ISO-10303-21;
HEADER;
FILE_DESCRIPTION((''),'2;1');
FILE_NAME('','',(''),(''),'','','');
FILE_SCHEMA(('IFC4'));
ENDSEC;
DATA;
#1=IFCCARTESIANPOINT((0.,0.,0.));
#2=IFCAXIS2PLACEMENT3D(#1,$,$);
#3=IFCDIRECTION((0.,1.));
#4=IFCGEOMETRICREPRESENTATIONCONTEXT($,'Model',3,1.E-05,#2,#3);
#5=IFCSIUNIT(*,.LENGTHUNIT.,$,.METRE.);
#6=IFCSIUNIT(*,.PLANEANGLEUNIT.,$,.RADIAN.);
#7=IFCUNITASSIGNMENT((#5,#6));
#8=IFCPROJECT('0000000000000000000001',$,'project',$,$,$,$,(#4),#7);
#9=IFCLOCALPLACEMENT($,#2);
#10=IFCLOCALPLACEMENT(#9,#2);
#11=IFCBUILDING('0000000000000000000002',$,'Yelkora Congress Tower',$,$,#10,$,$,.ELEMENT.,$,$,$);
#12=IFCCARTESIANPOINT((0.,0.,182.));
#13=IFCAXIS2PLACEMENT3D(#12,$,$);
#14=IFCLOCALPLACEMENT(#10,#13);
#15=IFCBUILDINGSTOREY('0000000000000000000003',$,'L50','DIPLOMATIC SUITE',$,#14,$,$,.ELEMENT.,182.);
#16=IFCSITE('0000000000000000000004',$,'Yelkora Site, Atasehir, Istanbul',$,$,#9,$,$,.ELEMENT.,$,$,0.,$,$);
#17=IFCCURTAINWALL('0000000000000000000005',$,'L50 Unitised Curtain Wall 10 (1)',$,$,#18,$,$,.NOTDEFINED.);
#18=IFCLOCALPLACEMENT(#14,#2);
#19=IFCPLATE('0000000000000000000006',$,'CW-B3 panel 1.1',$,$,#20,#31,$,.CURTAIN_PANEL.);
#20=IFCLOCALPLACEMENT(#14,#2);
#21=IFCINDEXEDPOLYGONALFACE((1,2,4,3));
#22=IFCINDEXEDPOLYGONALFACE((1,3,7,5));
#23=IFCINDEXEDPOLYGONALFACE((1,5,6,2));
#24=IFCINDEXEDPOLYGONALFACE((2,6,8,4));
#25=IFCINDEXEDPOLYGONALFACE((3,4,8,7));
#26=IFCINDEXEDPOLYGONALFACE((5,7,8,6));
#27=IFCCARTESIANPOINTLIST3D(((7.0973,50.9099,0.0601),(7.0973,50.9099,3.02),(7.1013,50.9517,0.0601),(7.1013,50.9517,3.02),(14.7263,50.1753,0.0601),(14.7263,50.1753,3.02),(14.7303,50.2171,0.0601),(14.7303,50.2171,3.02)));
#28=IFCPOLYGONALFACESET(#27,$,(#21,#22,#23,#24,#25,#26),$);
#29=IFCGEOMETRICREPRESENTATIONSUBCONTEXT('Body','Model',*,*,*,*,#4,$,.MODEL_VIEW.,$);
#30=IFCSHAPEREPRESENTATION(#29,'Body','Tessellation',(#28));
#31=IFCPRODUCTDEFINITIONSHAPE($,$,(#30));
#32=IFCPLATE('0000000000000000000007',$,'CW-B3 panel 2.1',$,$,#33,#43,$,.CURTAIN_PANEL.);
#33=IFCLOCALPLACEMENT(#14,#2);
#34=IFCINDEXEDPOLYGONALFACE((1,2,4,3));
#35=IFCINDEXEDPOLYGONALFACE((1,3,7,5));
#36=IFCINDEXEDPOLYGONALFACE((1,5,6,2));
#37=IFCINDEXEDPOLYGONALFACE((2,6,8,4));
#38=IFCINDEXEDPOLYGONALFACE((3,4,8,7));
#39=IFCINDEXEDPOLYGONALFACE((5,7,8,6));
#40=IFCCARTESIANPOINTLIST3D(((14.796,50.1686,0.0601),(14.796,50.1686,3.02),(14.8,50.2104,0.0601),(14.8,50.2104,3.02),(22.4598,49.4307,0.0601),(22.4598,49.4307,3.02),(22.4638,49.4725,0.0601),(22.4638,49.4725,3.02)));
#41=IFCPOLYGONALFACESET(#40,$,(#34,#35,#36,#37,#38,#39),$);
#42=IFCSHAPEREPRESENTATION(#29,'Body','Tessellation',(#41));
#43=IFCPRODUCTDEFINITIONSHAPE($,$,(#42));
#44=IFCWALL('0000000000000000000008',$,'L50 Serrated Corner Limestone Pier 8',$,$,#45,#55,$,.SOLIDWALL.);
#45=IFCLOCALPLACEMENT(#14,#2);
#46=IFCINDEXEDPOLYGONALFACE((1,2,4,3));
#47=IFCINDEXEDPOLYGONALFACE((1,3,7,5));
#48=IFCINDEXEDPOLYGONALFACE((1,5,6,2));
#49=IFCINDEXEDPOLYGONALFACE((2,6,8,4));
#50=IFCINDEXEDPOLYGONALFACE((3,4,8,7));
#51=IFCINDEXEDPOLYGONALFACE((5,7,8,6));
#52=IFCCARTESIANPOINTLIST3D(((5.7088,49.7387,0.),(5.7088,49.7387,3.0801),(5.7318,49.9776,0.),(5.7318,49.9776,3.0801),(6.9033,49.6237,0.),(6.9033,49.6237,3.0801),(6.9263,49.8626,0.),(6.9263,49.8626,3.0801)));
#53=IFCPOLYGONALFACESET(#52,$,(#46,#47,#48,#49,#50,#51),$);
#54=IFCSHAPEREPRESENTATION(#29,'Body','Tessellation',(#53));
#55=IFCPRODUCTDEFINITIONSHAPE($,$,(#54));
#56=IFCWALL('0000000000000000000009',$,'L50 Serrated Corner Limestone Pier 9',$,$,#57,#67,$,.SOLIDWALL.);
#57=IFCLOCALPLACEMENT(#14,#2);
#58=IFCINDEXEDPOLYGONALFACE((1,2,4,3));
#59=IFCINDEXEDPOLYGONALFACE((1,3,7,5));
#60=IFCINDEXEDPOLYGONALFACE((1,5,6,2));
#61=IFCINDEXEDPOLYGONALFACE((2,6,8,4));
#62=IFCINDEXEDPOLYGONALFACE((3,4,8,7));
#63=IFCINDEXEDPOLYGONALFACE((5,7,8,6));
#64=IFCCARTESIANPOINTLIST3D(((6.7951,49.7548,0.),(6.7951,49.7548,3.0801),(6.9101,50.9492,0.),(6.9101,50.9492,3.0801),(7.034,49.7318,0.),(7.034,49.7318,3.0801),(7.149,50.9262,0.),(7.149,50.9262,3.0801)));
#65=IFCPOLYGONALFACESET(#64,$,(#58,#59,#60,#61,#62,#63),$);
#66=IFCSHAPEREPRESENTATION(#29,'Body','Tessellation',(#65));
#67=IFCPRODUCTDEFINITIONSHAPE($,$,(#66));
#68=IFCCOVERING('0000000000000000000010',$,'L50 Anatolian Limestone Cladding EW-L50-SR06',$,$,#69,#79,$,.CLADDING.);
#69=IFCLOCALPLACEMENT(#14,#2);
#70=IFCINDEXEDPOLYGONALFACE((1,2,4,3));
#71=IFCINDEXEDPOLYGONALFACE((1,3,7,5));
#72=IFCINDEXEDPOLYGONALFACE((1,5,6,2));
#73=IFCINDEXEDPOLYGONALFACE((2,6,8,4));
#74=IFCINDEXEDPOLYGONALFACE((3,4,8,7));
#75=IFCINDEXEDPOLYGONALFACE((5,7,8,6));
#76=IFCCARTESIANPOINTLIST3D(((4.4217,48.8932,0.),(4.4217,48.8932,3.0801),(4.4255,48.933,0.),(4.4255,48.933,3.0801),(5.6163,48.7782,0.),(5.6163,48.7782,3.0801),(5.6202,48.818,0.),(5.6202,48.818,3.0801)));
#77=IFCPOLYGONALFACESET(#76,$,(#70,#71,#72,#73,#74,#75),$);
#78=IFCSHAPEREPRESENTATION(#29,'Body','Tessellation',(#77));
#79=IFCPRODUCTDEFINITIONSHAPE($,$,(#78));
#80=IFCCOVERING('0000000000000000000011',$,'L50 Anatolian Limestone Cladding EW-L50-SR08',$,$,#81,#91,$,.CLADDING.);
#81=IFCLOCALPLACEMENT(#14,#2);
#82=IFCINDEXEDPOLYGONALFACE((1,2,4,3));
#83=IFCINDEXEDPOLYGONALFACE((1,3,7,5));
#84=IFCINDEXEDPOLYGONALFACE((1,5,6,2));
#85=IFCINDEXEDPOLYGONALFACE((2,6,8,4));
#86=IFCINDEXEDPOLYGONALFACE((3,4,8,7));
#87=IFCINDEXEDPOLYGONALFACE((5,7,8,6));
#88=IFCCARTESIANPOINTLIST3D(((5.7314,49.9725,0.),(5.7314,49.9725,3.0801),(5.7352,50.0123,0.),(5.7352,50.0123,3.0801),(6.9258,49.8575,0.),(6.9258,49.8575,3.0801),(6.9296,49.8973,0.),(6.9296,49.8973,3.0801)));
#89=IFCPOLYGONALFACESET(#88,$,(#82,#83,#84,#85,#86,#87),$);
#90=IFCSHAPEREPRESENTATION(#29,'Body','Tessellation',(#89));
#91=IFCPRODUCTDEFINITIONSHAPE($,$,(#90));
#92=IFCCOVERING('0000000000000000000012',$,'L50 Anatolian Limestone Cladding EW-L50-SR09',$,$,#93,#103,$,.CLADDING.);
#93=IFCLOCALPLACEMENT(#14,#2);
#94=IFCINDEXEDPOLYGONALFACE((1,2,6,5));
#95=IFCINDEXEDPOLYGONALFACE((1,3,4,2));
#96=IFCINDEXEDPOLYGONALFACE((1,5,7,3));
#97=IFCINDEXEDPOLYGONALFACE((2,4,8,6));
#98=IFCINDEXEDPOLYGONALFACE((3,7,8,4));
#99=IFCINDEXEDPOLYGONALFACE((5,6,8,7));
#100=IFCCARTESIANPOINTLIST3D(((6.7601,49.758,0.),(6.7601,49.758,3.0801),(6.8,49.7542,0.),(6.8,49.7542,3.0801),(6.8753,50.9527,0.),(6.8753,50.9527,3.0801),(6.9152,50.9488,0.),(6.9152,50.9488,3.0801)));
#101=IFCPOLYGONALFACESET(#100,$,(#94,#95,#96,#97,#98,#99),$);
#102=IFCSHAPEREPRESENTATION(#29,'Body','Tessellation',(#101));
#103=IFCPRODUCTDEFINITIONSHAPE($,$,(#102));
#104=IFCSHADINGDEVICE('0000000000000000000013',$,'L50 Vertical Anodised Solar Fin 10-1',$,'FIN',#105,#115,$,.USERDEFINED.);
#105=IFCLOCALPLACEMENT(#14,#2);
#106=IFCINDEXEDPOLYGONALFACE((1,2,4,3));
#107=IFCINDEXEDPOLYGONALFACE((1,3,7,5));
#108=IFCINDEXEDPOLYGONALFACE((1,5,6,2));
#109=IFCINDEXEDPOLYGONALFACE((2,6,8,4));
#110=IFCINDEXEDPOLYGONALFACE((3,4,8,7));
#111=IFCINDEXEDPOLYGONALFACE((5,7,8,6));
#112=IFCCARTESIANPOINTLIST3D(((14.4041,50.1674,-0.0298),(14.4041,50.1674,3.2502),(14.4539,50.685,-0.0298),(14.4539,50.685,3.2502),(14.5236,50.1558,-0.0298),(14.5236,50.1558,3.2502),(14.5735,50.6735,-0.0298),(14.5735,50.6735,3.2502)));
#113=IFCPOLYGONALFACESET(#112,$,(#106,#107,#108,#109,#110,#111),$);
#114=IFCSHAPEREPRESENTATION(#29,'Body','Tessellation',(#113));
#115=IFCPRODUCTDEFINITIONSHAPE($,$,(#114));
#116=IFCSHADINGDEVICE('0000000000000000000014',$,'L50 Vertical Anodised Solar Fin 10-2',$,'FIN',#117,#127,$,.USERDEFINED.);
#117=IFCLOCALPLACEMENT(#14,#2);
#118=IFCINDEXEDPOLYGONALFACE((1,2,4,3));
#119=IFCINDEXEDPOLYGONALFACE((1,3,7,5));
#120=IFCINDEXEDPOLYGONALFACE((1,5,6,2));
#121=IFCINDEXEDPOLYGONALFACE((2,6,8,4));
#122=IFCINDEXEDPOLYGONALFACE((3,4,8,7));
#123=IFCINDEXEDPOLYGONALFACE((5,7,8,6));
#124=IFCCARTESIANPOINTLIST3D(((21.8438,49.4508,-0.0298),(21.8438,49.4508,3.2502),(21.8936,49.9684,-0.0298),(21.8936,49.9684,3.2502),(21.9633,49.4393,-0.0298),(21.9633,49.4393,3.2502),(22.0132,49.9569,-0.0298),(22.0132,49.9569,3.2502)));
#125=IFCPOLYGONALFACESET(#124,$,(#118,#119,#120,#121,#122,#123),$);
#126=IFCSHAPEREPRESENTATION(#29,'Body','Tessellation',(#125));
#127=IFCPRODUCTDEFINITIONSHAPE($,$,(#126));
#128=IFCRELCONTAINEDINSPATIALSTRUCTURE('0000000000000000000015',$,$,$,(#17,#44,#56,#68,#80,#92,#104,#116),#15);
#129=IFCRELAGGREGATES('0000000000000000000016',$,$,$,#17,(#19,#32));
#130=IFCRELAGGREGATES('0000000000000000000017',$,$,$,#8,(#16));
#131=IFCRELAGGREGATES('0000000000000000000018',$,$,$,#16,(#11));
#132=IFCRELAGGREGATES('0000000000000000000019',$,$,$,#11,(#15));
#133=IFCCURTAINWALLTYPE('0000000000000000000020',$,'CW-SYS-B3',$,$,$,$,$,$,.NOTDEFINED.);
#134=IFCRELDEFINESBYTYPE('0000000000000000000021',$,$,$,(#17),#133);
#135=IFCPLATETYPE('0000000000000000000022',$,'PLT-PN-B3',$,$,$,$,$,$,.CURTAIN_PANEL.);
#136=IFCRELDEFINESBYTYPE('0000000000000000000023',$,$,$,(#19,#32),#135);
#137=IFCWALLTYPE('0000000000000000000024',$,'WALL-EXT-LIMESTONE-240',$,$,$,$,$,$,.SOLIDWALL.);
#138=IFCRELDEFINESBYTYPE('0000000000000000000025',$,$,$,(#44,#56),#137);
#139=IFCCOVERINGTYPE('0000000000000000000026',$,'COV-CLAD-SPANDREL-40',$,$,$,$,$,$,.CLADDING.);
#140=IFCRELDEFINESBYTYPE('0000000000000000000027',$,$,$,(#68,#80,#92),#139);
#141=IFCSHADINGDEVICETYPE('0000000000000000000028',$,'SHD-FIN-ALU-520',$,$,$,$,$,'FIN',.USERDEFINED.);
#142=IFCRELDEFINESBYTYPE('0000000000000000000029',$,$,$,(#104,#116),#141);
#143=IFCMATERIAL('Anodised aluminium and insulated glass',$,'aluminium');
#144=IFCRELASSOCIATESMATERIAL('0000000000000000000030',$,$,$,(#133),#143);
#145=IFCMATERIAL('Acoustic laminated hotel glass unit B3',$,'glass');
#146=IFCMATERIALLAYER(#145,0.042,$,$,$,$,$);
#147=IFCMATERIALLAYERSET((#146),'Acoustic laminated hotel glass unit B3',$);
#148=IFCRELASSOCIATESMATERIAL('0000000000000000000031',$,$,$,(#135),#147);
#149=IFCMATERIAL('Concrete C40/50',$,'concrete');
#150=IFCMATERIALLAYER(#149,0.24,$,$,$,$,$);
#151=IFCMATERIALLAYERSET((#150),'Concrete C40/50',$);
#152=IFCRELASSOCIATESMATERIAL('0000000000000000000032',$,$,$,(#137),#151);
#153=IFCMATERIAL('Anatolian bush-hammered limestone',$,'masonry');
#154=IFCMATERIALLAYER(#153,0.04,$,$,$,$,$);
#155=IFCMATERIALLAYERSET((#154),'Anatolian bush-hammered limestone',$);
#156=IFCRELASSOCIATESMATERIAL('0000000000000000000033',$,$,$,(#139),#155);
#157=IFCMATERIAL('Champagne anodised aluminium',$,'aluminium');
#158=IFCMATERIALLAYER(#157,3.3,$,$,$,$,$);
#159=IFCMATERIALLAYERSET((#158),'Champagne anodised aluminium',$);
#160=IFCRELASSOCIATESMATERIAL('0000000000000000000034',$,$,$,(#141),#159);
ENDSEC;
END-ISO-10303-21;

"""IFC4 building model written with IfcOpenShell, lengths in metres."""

from ifc_helpers import new_model, si_unit, direction, frame, frame_2d, origin, origin_2d, place, context, subcontext, project, spatial, rectangle, extrude, material, layer, layer_set, type_object, element, aggregate, save


model = new_model("IFC4")

# Units and contexts
model_context = context("Model", 3, precision=1e-05, world=origin(), true_north=direction((0.0, 1.0)))
body_context = subcontext(model_context, "Body", "Model", "MODEL_VIEW")
ifc_project = project(units=[si_unit("LENGTHUNIT", "METRE"), si_unit("PLANEANGLEUNIT", "RADIAN")], contexts=[model_context])

# Site, building, storey
site_placement = place(None, origin())
site = spatial("IfcSite", under=ifc_project, at=site_placement, Name="Yelkora Site, Atasehir, Istanbul", CompositionType="ELEMENT", RefElevation=0.0)
building_placement = place(site_placement, origin())
building = spatial("IfcBuilding", under=site, at=building_placement, Name="Yelkora Congress Tower", CompositionType="ELEMENT")
storey_placement = place(building_placement, frame((0.0, 0.0, 182.0)))
storey = spatial("IfcBuildingStorey", under=building, at=storey_placement, Name="L50", Description="DIPLOMATIC SUITE", CompositionType="ELEMENT", Elevation=182.0)

# Curtain wall, plates
ifc_material_1 = material(Name="Anodised aluminium and insulated glass", Category="aluminium")
curtain_wall_type = type_object("IfcCurtainWallType", Name="CW-SYS-B3", PredefinedType="NOTDEFINED", material=ifc_material_1)
curtain_wall_placement = place(storey_placement, origin())
curtain_wall = element("IfcCurtainWall", 1, at=curtain_wall_placement, inside=storey, type_object=curtain_wall_type, Name="L50 Unitised Curtain Wall 10 (1)", PredefinedType="NOTDEFINED")
ifc_material_2 = material(Name="Acoustic laminated hotel glass unit B3", Category="glass")
ifc_layer_1 = layer(ifc_material_2, 0.042)
ifc_layer_set_1 = layer_set([ifc_layer_1], Name="Acoustic laminated hotel glass unit B3")
plate_type = type_object("IfcPlateType", Name="PLT-PN-B3", PredefinedType="CURTAIN_PANEL", material=ifc_layer_set_1)
plate_1_placement = place(storey_placement, frame((10.9138, 50.5635, 0.0601), z_axis=(0.0, 0.0, 1.0), x_axis=(0.995396, -0.095845, 0.0)))
plate_1 = element("IfcPlate", 2, at=plate_1_placement, type_object=plate_type, Name="CW-B3 panel 1.1", PredefinedType="CURTAIN_PANEL", context=body_context, shape_type="SweptSolid", body=[
    extrude(rectangle(XDim=7.6643, YDim=0.042, at=origin_2d()), origin(), (0.0, 0.0, 1.0), 2.96),
])
plate_2_placement = place(storey_placement, frame((18.6299, 49.8206, 0.0601), z_axis=(0.0, 0.0, 1.0), x_axis=(0.995396, -0.095845, 0.0)))
plate_2 = element("IfcPlate", 3, at=plate_2_placement, type_object=plate_type, Name="CW-B3 panel 2.1", PredefinedType="CURTAIN_PANEL", context=body_context, shape_type="SweptSolid", body=[
    extrude(rectangle(XDim=7.6992, YDim=0.042, at=origin_2d()), origin(), (0.0, 0.0, 1.0), 2.96),
])
aggregate(curtain_wall, [plate_1, plate_2])

# Walls
ifc_material_3 = material(Name="Concrete C40/50", Category="concrete")
ifc_layer_2 = layer(ifc_material_3, 0.24)
ifc_layer_set_2 = layer_set([ifc_layer_2], Name="Concrete C40/50")
wall_type = type_object("IfcWallType", Name="WALL-EXT-LIMESTONE-240", PredefinedType="SOLIDWALL", material=ifc_layer_set_2)
for number, where, z_axis, x_axis, name in (
    (4, (5.7202, 49.8582, 0.0), (0.0, 0.0, 1.0), (0.995397, -0.095836, 0.0), "L50 Serrated Corner Limestone Pier 8"),
    (5, (6.9146, 49.7432, 0.0), (0.0, 0.0, 1.0), (0.095836, 0.995397, 0.0), "L50 Serrated Corner Limestone Pier 9"),
):
    element("IfcWall", number, at=place(storey_placement, frame(where, z_axis=z_axis, x_axis=x_axis)), inside=storey, type_object=wall_type, Name=name, PredefinedType="SOLIDWALL", context=body_context, shape_type="SweptSolid", body=[
        extrude(rectangle(XDim=1.2, YDim=0.24, at=frame_2d((0.6001, 0.0))), origin(), (0.0, 0.0, 1.0), 3.0801),
    ])

# Coverings
ifc_material_4 = material(Name="Anatolian bush-hammered limestone", Category="masonry")
ifc_layer_3 = layer(ifc_material_4, 0.04)
ifc_layer_set_3 = layer_set([ifc_layer_3], Name="Anatolian bush-hammered limestone")
covering_type = type_object("IfcCoveringType", Name="COV-CLAD-SPANDREL-40", PredefinedType="CLADDING", material=ifc_layer_set_3)
covering_1_placement = place(storey_placement, frame((4.4236, 48.9131, 0.0), z_axis=(0.0, 0.0, 1.0), x_axis=(0.995399, -0.095817, 0.0)))
element("IfcCovering", 6, at=covering_1_placement, inside=storey, type_object=covering_type, Name="L50 Anatolian Limestone Cladding EW-L50-SR06", PredefinedType="CLADDING", context=body_context, shape_type="SweptSolid", body=[
    extrude(rectangle(XDim=1.2002, YDim=0.04, at=frame_2d((0.6001, 0.0))), origin(), (0.0, 0.0, 1.0), 3.0801),
])
covering_2_placement = place(storey_placement, frame((5.7332, 49.9924, 0.0), z_axis=(0.0, 0.0, 1.0), x_axis=(0.995397, -0.095836, 0.0)))
element("IfcCovering", 7, at=covering_2_placement, inside=storey, type_object=covering_type, Name="L50 Anatolian Limestone Cladding EW-L50-SR08", PredefinedType="CLADDING", context=body_context, shape_type="SweptSolid", body=[
    extrude(rectangle(XDim=1.2, YDim=0.04, at=frame_2d((0.6001, 0.0))), origin(), (0.0, 0.0, 1.0), 3.0801),
])
covering_3_placement = place(storey_placement, frame((6.78, 49.7561, 0.0), z_axis=(0.0, 0.0, 1.0), x_axis=(0.096019, 0.99538, 0.0)))
element("IfcCovering", 8, at=covering_3_placement, inside=storey, type_object=covering_type, Name="L50 Anatolian Limestone Cladding EW-L50-SR09", PredefinedType="CLADDING", context=body_context, shape_type="SweptSolid", body=[
    extrude(rectangle(XDim=1.2002, YDim=0.04, at=frame_2d((0.6001, 0.0))), origin(), (0.0, 0.0, 1.0), 3.0801),
])

# Shading devices
ifc_material_5 = material(Name="Champagne anodised aluminium", Category="aluminium")
ifc_layer_4 = layer(ifc_material_5, 3.3)
ifc_layer_set_4 = layer_set([ifc_layer_4], Name="Champagne anodised aluminium")
shading_device_type = type_object("IfcShadingDeviceType", Name="SHD-FIN-ALU-520", ElementType="FIN", PredefinedType="USERDEFINED", material=ifc_layer_set_4)
for number, where, z_axis, x_axis, name in (
    (9, (14.4888, 50.4204, -0.0298), (0.0, 0.0, 1.0), (0.995396, -0.095846, 0.0), "L50 Vertical Anodised Solar Fin 10-1"),
    (10, (21.9285, 49.7039, -0.0298), (0.0, 0.0, 1.0), (0.995396, -0.095846, 0.0), "L50 Vertical Anodised Solar Fin 10-2"),
):
    element("IfcShadingDevice", number, at=place(storey_placement, frame(where, z_axis=z_axis, x_axis=x_axis)), inside=storey, type_object=shading_device_type, Name=name, ObjectType="FIN", PredefinedType="USERDEFINED", context=body_context, shape_type="SweptSolid", body=[
        extrude(rectangle(XDim=0.1201, YDim=0.52, at=origin_2d()), origin(), (0.0, 0.0, 1.0), 3.28),
    ])

save(model, "model.ifc")
